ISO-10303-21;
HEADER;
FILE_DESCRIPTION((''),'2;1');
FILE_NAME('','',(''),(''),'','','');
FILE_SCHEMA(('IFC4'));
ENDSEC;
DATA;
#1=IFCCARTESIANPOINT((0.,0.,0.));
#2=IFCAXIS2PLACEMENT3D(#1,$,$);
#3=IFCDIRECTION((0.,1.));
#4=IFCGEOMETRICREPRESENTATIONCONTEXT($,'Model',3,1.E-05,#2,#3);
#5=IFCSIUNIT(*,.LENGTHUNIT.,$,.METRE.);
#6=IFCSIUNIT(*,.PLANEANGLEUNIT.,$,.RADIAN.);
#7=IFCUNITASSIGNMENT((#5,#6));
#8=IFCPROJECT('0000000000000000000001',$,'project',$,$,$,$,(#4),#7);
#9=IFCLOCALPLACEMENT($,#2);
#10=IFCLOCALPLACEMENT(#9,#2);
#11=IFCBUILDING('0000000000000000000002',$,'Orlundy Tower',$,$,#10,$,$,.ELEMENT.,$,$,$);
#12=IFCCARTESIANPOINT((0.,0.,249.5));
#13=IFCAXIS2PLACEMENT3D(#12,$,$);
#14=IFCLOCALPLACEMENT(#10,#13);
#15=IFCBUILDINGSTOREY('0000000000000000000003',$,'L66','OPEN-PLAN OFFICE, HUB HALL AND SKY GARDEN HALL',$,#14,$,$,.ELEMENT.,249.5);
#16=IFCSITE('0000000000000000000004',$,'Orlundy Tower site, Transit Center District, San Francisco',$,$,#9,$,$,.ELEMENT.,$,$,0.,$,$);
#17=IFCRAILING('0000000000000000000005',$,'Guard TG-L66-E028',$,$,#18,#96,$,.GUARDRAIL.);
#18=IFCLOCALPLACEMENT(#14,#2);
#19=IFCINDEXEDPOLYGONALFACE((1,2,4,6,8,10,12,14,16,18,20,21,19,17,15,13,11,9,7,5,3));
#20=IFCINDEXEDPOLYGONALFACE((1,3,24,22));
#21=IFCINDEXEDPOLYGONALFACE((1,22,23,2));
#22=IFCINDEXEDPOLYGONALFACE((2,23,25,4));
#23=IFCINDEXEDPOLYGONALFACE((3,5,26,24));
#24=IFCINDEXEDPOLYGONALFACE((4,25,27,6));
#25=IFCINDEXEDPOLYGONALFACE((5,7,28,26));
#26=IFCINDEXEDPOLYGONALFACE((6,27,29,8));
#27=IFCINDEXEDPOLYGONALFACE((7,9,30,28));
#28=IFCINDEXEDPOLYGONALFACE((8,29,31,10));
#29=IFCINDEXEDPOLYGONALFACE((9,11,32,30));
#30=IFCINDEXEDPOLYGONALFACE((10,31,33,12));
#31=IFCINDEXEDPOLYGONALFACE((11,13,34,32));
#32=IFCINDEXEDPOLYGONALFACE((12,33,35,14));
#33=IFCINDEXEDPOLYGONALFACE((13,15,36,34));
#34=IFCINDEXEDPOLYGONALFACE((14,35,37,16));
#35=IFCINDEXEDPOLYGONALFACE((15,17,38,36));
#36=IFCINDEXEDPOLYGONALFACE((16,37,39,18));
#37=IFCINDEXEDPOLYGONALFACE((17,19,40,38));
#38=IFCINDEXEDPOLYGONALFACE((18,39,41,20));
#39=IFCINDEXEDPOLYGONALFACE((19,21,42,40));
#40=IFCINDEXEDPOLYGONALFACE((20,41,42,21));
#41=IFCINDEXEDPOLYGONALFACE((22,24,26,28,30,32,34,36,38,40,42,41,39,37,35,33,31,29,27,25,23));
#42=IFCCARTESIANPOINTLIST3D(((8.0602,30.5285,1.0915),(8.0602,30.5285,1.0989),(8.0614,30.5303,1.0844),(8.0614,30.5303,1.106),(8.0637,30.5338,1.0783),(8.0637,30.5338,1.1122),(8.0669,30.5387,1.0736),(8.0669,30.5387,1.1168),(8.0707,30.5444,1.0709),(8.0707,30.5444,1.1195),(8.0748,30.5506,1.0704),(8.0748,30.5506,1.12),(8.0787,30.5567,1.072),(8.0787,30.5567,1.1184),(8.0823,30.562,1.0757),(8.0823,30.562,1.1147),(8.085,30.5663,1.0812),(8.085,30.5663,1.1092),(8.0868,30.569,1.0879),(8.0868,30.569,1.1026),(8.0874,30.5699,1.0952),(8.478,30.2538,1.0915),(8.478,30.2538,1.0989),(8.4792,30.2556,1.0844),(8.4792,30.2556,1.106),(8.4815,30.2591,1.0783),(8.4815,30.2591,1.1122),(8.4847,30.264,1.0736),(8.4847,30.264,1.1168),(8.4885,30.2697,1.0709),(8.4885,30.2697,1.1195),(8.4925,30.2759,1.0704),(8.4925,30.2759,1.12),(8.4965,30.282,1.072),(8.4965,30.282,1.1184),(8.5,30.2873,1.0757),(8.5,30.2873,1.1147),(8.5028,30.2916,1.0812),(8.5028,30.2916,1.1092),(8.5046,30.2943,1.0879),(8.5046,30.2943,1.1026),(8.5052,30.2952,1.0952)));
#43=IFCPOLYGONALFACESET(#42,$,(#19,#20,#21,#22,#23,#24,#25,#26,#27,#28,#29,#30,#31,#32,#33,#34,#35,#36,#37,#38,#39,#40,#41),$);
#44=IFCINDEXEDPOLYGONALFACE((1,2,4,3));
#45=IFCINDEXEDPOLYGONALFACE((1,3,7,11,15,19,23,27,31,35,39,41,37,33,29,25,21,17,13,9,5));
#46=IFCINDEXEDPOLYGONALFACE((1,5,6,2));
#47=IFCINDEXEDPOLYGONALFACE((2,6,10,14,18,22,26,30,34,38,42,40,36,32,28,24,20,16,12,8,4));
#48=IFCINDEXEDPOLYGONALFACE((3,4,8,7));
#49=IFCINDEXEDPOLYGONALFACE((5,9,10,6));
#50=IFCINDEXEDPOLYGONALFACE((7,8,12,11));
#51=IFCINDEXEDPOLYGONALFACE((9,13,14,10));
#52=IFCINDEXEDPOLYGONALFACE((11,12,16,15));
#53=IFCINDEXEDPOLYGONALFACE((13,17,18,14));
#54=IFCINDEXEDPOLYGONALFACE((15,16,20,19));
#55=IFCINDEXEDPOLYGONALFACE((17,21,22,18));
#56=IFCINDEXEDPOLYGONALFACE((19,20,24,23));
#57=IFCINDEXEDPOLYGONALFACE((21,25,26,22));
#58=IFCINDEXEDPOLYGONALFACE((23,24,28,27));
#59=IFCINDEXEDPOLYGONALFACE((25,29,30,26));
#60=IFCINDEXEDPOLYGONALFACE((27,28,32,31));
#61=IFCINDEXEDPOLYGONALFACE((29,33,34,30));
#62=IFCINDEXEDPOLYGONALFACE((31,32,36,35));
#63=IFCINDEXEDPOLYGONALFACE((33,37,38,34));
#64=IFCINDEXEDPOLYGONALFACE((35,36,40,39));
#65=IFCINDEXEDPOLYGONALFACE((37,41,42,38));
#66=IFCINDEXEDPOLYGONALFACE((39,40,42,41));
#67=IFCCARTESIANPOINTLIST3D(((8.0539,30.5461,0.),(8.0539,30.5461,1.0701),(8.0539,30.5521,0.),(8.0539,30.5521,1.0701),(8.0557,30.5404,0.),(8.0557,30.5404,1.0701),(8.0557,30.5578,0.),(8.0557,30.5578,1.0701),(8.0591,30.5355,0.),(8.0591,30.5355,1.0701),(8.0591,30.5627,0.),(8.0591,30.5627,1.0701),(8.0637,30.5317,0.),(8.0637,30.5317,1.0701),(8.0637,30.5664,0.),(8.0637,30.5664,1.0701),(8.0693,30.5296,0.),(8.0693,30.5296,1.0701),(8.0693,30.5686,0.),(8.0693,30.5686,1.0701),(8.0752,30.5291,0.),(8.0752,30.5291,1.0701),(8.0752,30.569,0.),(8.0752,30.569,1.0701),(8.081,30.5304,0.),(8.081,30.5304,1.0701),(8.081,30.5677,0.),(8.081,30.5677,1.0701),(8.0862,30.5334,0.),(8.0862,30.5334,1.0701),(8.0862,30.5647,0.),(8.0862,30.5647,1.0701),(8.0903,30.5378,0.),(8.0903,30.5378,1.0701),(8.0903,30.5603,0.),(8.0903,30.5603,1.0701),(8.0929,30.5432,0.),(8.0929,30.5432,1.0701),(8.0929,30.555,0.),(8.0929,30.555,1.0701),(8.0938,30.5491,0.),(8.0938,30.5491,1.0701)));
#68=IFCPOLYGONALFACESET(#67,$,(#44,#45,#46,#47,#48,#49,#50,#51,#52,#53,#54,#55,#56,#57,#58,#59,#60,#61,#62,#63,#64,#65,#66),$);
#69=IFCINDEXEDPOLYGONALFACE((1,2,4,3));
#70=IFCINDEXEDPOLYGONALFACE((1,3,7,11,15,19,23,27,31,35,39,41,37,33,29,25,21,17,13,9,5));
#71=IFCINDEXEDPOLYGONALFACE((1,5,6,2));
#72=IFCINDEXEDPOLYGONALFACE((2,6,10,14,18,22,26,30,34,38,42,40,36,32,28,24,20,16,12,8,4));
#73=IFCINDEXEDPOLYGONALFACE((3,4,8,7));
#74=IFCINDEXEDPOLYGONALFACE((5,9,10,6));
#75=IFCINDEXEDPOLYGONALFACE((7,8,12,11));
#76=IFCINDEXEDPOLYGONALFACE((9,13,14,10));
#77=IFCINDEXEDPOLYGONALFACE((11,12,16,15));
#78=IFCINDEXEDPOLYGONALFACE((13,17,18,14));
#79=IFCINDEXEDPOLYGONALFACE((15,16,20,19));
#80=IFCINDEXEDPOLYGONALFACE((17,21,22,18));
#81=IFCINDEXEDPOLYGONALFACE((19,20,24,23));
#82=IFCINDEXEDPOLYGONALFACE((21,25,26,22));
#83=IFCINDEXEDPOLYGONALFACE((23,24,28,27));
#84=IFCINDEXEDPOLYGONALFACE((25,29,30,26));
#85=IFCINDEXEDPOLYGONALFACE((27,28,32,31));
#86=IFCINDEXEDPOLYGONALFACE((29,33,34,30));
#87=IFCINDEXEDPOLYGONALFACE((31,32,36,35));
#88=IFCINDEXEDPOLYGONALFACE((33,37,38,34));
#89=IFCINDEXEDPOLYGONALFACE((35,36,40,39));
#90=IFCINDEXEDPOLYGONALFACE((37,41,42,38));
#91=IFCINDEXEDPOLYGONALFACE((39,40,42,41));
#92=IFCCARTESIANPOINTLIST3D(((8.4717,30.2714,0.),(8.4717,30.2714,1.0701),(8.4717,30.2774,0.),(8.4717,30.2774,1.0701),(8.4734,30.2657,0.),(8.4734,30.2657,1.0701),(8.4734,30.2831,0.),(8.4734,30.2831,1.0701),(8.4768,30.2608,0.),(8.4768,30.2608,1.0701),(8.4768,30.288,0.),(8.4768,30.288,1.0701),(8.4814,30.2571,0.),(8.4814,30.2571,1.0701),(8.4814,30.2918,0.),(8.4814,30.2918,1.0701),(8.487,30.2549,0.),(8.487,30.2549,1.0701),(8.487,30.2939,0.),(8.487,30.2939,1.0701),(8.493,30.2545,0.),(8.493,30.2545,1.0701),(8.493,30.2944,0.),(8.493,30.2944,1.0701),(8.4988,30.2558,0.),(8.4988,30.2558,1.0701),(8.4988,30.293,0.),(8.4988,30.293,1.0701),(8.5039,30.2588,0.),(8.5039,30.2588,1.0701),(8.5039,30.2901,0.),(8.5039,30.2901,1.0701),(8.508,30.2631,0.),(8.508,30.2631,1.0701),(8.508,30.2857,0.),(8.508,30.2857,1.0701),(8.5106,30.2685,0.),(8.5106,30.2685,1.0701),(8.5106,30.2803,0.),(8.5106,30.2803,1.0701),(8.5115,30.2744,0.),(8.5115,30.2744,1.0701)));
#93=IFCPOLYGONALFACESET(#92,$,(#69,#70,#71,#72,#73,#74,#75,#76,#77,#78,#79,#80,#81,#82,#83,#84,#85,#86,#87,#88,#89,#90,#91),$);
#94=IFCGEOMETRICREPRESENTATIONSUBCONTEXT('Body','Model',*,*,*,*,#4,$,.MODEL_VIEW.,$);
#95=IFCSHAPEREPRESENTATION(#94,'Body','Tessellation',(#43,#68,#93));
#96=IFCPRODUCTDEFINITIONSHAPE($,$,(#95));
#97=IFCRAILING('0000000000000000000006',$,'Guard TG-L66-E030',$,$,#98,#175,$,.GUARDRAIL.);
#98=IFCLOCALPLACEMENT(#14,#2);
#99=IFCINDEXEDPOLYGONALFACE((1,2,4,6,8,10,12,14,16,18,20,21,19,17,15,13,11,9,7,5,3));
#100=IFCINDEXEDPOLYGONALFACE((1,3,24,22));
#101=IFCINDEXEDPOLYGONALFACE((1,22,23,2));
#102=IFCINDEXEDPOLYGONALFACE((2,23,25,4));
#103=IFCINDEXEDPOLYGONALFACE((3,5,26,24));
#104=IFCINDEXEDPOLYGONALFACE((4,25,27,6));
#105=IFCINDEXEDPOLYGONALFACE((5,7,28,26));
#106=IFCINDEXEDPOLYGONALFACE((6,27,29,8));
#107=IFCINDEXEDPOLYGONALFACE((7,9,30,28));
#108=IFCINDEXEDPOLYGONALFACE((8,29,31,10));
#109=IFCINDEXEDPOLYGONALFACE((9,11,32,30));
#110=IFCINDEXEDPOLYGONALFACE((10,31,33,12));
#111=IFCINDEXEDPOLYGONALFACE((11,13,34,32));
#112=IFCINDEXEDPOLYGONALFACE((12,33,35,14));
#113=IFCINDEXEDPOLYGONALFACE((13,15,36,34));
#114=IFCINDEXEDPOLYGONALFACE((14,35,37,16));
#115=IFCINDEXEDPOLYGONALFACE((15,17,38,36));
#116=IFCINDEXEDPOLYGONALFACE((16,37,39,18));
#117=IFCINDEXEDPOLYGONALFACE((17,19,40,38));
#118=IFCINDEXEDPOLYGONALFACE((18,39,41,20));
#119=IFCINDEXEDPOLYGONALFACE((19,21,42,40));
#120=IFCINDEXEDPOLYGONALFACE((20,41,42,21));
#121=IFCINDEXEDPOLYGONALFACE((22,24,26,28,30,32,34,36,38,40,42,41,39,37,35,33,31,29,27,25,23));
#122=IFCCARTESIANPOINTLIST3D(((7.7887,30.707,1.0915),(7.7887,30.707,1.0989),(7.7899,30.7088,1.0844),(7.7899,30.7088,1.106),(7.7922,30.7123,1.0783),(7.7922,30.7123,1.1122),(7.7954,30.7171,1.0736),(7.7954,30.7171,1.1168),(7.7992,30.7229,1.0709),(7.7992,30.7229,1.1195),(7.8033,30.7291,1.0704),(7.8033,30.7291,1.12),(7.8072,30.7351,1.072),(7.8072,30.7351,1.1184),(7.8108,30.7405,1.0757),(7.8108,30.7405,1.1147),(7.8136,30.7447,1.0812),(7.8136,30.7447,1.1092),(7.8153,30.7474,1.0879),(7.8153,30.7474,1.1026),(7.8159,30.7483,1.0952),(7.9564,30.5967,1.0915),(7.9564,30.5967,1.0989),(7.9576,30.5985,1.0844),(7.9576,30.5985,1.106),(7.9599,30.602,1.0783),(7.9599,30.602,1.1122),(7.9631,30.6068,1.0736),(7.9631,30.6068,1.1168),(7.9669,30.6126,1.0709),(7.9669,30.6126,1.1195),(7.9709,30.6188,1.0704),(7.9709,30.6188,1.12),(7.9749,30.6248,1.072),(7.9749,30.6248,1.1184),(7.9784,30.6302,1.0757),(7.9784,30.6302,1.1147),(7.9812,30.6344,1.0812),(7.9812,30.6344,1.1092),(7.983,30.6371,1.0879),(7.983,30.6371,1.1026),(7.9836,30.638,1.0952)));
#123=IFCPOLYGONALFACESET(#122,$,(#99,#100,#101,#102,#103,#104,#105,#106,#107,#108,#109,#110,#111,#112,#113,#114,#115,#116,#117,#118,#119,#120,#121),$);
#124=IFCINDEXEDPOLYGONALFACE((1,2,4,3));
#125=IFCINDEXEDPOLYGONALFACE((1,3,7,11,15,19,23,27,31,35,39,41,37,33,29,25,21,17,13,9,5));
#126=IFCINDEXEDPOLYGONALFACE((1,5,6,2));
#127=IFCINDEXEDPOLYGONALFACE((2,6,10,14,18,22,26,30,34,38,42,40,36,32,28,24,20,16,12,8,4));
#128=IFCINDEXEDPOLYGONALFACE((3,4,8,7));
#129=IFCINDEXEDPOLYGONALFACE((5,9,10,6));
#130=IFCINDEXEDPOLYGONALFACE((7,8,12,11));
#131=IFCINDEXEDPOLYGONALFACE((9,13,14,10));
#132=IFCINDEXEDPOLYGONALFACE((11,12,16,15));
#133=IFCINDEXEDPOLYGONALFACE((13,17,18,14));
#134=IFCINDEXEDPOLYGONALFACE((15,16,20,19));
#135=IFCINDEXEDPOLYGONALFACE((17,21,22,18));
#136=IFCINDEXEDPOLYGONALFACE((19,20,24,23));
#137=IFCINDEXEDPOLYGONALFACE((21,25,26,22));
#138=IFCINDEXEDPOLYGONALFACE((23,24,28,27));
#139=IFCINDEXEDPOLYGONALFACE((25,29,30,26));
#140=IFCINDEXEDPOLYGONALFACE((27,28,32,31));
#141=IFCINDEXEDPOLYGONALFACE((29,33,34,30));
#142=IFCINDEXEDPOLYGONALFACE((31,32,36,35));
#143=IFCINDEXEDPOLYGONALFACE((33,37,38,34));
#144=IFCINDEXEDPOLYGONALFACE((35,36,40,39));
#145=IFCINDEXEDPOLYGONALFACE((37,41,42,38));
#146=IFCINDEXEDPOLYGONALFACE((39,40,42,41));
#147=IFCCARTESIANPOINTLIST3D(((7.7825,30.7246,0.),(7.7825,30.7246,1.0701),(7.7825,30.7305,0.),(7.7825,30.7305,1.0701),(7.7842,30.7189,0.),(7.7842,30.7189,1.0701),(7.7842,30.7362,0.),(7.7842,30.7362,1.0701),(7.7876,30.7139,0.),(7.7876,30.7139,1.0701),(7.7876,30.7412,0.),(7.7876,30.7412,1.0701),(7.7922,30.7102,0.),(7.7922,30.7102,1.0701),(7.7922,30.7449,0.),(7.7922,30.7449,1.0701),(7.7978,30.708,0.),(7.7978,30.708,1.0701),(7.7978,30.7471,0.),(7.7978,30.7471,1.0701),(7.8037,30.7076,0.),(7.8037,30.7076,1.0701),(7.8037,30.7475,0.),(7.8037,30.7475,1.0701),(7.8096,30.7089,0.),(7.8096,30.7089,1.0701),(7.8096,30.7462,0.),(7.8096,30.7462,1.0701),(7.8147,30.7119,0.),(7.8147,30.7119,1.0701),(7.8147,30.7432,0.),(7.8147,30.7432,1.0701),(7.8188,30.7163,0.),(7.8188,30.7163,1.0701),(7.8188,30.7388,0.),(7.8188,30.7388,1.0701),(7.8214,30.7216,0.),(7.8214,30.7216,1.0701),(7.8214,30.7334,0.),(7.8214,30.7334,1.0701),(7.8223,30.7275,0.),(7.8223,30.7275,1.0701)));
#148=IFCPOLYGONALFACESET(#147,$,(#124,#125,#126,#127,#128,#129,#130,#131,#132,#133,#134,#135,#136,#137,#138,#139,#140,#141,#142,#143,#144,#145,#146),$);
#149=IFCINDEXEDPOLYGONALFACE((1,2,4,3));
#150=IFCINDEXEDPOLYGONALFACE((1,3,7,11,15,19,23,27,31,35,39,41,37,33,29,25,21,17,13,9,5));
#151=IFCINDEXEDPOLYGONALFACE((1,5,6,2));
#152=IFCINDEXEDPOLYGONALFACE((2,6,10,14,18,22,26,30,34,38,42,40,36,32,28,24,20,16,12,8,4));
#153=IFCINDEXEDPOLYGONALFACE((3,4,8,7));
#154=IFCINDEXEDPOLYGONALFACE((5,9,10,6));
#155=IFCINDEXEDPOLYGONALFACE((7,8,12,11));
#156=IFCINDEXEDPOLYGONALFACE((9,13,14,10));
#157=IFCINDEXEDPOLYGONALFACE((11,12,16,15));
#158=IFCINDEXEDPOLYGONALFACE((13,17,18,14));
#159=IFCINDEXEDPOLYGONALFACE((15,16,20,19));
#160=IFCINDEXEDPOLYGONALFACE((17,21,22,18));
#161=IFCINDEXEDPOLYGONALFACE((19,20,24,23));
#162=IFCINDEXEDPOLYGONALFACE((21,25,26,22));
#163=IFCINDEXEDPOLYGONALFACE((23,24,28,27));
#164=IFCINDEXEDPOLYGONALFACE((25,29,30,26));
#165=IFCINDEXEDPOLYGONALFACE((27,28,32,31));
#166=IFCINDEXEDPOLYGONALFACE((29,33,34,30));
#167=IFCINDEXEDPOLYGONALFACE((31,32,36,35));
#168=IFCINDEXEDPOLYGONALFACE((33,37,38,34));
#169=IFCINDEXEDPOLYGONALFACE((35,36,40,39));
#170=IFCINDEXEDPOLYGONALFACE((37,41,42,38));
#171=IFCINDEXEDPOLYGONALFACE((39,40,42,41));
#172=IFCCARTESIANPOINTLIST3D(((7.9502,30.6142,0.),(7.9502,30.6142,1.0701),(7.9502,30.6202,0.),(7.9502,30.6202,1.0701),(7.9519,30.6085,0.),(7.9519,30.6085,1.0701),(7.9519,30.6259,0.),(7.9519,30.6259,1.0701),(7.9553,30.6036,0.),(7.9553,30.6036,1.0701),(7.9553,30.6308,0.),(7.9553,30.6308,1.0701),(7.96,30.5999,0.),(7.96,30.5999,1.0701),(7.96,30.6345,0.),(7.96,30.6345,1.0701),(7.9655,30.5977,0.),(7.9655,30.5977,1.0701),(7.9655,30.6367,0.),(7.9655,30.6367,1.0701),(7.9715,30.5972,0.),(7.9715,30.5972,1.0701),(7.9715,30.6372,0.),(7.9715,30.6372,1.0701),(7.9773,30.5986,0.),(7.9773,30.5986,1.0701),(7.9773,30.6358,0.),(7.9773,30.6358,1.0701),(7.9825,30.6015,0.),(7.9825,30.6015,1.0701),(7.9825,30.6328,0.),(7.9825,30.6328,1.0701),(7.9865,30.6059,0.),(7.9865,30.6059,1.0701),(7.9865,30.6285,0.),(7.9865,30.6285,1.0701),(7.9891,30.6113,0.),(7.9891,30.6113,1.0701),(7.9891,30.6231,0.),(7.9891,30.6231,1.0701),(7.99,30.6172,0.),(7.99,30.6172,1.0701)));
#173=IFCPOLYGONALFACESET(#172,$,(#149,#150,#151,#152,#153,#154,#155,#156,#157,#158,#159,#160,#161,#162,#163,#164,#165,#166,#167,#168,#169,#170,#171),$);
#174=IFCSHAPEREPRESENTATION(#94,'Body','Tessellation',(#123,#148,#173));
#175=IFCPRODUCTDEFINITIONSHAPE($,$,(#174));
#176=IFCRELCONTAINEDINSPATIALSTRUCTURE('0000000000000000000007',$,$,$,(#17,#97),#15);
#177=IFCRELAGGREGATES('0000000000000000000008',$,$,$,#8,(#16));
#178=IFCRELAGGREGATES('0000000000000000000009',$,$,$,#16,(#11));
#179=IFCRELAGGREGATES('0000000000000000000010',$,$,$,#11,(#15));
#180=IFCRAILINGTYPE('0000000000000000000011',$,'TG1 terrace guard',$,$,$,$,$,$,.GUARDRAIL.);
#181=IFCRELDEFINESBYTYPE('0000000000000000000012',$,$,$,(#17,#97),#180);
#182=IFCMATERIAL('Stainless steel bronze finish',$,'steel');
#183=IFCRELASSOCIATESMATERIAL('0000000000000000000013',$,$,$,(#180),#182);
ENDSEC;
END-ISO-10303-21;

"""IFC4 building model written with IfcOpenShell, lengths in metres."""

from ifc_helpers import new_model, si_unit, direction, frame, origin, origin_2d, place, context, subcontext, project, spatial, circle, extrude, material, type_object, element, save


model = new_model("IFC4")

# Units and contexts
model_context = context("Model", 3, precision=1e-05, world=origin(), true_north=direction((0.0, 1.0)))
body_context = subcontext(model_context, "Body", "Model", "MODEL_VIEW")
ifc_project = project(units=[si_unit("LENGTHUNIT", "METRE"), si_unit("PLANEANGLEUNIT", "RADIAN")], contexts=[model_context])

# Site, building, storey
site_placement = place(None, origin())
site = spatial("IfcSite", under=ifc_project, at=site_placement, Name="Orlundy Tower site, Transit Center District, San Francisco", CompositionType="ELEMENT", RefElevation=0.0)
building_placement = place(site_placement, origin())
building = spatial("IfcBuilding", under=site, at=building_placement, Name="Orlundy Tower", CompositionType="ELEMENT")
storey_placement = place(building_placement, frame((0.0, 0.0, 249.5)))
storey = spatial("IfcBuildingStorey", under=building, at=storey_placement, Name="L66", Description="OPEN-PLAN OFFICE, HUB HALL AND SKY GARDEN HALL", CompositionType="ELEMENT", Elevation=249.5)

# Railings
ifc_material_1 = material(Name="Stainless steel bronze finish", Category="steel")
railing_type = type_object("IfcRailingType", Name="TG1 terrace guard", PredefinedType="GUARDRAIL", material=ifc_material_1)
railing_1_placement = place(storey_placement, frame((8.0737, 30.5491, 0.0)))
element("IfcRailing", 1, at=railing_1_placement, inside=storey, type_object=railing_type, Name="Guard TG-L66-E028", PredefinedType="GUARDRAIL", context=body_context, shape_type="SweptSolid", body=[
    extrude(circle(Radius=0.0249, at=origin_2d()), frame((0.0, 0.0, 1.0952), z_axis=(0.835565, -0.549392, 0.0), x_axis=(0.549392, 0.835565, 0.0)), (0.0, 0.0, 1.0), 0.5),
    extrude(circle(Radius=0.02, at=origin_2d()), origin(), (0.0, 0.0, 1.0), 1.0701),
    extrude(circle(Radius=0.02, at=origin_2d()), frame((0.4177, -0.2747, 0.0)), (0.0, 0.0, 1.0), 1.0701),
])
railing_2_placement = place(storey_placement, frame((7.8022, 30.7275, 0.0)))
element("IfcRailing", 2, at=railing_2_placement, inside=storey, type_object=railing_type, Name="Guard TG-L66-E030", PredefinedType="GUARDRAIL", context=body_context, shape_type="SweptSolid", body=[
    extrude(circle(Radius=0.0249, at=origin_2d()), frame((0.0, 0.0, 1.0952), z_axis=(0.835402, -0.549639, 0.0), x_axis=(0.549639, 0.835402, 0.0)), (0.0, 0.0, 1.0), 0.2007),
    extrude(circle(Radius=0.02, at=origin_2d()), origin(), (0.0, 0.0, 1.0), 1.0701),
    extrude(circle(Radius=0.02, at=origin_2d()), frame((0.1677, -0.1104, 0.0)), (0.0, 0.0, 1.0), 1.0701),
])

save(model, "model.ifc")
